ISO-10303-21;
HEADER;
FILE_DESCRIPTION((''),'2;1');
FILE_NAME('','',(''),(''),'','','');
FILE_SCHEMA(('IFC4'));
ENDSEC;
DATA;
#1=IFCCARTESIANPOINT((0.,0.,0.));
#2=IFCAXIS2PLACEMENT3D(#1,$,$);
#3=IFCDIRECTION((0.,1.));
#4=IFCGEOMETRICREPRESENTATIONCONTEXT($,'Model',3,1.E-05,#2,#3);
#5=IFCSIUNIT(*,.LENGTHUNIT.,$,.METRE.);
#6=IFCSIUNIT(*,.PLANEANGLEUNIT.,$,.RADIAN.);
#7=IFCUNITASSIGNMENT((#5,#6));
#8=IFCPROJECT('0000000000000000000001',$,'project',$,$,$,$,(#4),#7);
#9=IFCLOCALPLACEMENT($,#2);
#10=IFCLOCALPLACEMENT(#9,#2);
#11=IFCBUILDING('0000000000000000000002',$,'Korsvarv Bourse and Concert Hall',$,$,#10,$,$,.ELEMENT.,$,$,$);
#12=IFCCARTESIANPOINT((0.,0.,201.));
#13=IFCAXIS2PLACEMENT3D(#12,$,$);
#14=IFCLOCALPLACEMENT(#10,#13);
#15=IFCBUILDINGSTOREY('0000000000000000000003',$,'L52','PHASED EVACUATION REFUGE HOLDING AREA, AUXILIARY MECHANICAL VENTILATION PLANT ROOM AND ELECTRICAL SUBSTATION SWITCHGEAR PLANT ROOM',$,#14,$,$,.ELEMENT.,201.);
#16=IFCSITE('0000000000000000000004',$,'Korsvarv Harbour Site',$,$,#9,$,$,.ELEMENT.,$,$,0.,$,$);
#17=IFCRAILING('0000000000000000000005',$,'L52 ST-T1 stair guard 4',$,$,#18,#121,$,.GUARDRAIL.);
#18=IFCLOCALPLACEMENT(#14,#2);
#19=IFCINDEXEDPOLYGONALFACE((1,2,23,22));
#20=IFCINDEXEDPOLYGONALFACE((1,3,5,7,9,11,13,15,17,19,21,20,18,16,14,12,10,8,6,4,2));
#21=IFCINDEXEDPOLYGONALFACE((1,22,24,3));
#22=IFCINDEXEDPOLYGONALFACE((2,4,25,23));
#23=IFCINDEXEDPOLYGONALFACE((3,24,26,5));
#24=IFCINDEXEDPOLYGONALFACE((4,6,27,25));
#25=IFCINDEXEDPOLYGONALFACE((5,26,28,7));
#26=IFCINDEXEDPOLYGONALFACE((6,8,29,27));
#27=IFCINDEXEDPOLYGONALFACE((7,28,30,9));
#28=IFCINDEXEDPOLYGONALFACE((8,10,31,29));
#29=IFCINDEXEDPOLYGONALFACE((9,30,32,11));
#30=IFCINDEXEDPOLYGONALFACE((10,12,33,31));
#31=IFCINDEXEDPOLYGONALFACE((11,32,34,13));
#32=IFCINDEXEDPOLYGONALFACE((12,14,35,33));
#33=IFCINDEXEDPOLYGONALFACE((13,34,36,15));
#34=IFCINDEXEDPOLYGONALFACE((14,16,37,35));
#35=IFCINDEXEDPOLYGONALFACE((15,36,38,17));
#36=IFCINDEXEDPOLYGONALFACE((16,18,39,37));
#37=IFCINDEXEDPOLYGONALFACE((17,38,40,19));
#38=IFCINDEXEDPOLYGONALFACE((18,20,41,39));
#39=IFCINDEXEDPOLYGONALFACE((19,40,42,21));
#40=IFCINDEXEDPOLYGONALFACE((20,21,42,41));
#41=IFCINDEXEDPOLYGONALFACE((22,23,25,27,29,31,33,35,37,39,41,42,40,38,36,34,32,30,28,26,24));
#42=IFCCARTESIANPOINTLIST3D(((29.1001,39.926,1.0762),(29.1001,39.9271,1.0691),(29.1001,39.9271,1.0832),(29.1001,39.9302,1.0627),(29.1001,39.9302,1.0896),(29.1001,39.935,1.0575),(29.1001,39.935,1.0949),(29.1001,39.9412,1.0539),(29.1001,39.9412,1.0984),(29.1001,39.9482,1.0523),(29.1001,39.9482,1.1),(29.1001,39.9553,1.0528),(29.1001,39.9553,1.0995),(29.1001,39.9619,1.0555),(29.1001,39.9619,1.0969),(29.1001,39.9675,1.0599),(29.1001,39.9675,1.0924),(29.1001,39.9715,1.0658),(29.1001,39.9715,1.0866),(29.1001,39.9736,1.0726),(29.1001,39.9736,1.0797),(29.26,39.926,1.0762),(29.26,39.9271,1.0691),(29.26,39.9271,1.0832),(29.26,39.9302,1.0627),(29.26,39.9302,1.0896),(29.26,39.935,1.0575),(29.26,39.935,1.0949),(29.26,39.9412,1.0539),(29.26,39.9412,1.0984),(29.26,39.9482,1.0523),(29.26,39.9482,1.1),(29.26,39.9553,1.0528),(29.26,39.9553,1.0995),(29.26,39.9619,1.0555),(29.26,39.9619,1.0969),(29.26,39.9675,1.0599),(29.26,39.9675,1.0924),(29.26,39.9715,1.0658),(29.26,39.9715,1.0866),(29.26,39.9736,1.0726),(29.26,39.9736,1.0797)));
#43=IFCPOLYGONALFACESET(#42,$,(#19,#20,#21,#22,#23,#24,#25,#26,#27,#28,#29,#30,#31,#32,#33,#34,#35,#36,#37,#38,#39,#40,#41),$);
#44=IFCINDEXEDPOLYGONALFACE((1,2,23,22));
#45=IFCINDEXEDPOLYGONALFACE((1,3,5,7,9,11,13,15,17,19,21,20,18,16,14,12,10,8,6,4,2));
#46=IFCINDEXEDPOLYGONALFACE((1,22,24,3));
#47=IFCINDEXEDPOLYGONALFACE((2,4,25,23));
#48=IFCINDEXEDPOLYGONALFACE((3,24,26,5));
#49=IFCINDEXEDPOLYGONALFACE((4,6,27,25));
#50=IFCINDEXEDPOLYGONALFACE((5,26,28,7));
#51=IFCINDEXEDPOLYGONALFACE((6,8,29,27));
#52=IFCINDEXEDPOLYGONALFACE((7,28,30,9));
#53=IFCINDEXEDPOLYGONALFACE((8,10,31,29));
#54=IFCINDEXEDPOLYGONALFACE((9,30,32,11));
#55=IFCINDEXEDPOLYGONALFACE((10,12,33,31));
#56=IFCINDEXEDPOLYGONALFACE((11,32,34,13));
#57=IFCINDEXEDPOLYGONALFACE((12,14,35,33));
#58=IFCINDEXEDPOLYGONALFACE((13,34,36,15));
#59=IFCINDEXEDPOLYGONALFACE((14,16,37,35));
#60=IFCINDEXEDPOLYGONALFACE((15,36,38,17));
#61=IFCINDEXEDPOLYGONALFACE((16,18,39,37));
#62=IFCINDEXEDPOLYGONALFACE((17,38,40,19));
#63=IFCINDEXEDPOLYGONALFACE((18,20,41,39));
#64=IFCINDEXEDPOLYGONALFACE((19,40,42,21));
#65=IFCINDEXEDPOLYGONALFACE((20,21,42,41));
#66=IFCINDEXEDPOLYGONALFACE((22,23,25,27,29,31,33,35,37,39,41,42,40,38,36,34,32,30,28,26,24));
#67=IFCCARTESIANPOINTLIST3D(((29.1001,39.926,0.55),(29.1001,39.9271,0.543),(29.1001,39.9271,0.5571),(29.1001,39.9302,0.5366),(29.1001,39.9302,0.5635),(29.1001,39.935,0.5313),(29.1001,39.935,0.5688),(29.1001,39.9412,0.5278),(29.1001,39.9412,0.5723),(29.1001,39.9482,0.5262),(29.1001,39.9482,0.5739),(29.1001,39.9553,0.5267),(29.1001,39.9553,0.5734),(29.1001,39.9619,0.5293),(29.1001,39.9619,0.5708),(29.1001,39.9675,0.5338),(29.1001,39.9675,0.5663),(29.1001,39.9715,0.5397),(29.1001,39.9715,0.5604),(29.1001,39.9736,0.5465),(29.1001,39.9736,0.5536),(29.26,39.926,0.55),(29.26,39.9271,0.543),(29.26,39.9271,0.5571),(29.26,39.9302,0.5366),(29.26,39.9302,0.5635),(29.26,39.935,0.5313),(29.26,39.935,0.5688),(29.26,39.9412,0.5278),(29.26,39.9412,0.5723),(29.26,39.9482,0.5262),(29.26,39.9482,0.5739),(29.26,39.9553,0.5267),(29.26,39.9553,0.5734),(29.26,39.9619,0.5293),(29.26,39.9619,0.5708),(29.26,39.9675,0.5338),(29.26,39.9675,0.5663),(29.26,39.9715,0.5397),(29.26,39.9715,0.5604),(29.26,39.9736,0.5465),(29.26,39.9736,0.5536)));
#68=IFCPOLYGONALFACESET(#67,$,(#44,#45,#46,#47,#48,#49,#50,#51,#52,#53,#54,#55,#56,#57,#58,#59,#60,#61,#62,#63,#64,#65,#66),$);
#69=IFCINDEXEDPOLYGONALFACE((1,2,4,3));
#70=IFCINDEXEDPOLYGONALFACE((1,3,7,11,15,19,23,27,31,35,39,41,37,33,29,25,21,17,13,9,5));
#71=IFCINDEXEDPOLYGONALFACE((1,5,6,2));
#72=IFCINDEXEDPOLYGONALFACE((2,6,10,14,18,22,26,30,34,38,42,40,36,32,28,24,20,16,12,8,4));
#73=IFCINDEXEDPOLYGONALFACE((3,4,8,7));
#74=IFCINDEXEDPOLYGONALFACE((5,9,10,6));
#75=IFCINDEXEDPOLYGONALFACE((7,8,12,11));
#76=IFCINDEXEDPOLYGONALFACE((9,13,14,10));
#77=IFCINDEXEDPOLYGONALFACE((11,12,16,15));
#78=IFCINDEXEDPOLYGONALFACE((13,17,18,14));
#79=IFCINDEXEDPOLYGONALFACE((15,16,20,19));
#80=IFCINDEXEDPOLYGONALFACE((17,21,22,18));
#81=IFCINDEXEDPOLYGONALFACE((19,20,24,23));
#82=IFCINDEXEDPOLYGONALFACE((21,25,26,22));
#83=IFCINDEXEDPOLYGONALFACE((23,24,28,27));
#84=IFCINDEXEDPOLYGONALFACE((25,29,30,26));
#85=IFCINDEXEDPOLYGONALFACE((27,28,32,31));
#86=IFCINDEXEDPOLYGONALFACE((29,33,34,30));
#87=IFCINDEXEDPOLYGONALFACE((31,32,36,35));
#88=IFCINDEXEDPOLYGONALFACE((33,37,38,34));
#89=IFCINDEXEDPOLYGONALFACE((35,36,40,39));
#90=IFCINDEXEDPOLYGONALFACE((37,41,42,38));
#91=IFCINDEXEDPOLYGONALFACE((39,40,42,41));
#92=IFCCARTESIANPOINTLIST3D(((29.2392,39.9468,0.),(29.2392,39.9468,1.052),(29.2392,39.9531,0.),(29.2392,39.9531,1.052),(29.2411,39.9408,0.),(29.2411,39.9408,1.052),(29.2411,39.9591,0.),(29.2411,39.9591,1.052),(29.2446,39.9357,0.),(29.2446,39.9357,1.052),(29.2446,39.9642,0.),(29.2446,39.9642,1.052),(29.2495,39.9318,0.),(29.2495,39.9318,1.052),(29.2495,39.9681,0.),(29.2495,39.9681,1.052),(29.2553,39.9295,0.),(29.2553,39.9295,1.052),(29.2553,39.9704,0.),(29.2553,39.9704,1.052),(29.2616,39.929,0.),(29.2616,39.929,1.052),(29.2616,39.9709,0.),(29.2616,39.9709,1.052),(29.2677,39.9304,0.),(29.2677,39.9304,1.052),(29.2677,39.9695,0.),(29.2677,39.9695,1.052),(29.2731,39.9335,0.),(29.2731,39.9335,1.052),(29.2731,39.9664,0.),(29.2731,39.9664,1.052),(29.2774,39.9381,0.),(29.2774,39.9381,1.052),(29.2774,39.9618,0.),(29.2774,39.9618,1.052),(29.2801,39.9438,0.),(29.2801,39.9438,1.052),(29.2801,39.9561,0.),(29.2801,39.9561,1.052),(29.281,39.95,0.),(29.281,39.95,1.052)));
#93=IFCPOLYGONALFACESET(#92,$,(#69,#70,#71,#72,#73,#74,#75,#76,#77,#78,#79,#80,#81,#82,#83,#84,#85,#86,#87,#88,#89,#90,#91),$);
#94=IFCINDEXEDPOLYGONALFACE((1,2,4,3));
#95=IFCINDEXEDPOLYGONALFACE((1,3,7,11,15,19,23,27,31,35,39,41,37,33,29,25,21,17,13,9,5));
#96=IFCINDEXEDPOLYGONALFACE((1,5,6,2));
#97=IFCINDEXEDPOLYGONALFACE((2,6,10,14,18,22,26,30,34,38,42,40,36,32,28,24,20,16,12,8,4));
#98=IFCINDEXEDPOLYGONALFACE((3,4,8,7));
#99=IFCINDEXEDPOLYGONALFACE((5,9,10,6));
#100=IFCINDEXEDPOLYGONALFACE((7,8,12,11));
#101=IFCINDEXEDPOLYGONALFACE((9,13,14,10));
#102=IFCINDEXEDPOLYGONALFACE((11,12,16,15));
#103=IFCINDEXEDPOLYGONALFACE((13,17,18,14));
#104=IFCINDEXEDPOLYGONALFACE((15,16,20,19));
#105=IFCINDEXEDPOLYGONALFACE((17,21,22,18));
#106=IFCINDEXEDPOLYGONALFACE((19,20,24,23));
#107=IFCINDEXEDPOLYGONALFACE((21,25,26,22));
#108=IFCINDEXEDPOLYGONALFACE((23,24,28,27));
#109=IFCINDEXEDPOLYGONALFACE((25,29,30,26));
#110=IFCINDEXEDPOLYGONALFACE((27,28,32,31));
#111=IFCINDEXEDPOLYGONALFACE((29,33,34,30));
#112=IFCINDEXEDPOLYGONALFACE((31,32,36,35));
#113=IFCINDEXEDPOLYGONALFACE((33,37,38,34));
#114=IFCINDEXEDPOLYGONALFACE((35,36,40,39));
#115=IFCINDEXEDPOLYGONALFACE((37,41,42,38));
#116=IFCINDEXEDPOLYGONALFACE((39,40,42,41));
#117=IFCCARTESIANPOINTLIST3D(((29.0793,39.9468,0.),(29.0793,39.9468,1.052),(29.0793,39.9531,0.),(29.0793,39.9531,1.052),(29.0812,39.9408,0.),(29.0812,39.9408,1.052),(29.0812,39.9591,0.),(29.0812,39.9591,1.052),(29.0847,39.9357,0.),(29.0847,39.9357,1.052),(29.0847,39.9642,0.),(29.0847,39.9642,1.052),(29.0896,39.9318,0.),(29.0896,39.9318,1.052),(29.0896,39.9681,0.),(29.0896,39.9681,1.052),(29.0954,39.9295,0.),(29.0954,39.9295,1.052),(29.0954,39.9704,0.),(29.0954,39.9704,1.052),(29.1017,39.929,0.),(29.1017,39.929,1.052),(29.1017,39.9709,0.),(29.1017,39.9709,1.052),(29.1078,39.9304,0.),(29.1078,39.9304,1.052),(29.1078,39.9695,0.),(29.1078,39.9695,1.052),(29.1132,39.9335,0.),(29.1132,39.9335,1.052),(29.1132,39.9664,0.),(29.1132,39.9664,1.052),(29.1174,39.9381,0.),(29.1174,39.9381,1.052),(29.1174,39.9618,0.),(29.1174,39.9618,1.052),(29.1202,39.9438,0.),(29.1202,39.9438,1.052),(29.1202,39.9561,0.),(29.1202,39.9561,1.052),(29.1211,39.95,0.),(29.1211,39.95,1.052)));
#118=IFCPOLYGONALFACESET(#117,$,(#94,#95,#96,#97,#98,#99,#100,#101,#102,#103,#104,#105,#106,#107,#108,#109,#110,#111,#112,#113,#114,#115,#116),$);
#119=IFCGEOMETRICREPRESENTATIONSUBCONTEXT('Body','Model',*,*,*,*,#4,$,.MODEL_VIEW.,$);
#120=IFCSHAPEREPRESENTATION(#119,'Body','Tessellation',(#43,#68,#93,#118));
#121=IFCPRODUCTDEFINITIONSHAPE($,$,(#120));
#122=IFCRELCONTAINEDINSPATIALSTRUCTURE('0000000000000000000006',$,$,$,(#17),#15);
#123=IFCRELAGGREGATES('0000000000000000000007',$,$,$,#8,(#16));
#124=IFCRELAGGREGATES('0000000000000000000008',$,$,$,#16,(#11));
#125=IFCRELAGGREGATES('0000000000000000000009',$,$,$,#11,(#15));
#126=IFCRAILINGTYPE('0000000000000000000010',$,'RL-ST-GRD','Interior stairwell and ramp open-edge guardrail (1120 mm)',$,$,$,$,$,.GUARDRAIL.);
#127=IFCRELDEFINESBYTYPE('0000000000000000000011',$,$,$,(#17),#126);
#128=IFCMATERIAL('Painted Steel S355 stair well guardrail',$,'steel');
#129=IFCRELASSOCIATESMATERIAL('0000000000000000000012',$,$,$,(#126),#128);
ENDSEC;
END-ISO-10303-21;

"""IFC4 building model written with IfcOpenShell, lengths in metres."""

from ifc_helpers import new_model, si_unit, direction, frame, origin, origin_2d, place, context, subcontext, project, spatial, circle, extrude, material, type_object, element, save


model = new_model("IFC4")

# Units and contexts
model_context = context("Model", 3, precision=1e-05, world=origin(), true_north=direction((0.0, 1.0)))
body_context = subcontext(model_context, "Body", "Model", "MODEL_VIEW")
ifc_project = project(units=[si_unit("LENGTHUNIT", "METRE"), si_unit("PLANEANGLEUNIT", "RADIAN")], contexts=[model_context])

# Site, building, storey
site_placement = place(None, origin())
site = spatial("IfcSite", under=ifc_project, at=site_placement, Name="Korsvarv Harbour Site", CompositionType="ELEMENT", RefElevation=0.0)
building_placement = place(site_placement, origin())
building = spatial("IfcBuilding", under=site, at=building_placement, Name="Korsvarv Bourse and Concert Hall", CompositionType="ELEMENT")
storey_placement = place(building_placement, frame((0.0, 0.0, 201.0)))
storey = spatial("IfcBuildingStorey", under=building, at=storey_placement, Name="L52", Description="PHASED EVACUATION REFUGE HOLDING AREA, AUXILIARY MECHANICAL VENTILATION PLANT ROOM AND ELECTRICAL SUBSTATION SWITCHGEAR PLANT ROOM", CompositionType="ELEMENT", Elevation=201.0)

# Railing
ifc_material_1 = material(Name="Painted Steel S355 stair well guardrail", Category="steel")
railing_type_1 = type_object("IfcRailingType", Name="RL-ST-GRD", Description="Interior stairwell and ramp open-edge guardrail (1120 mm)", PredefinedType="GUARDRAIL", material=ifc_material_1)
railing_1_placement = place(storey_placement, frame((29.26, 39.95, 0.0)))
element("IfcRailing", 1, at=railing_1_placement, inside=storey, type_object=railing_type_1, Name="L52 ST-T1 stair guard 4", PredefinedType="GUARDRAIL", context=body_context, shape_type="SweptSolid", body=[
    extrude(circle(Radius=0.0239, at=origin_2d()), frame((0.0, 0.0, 1.0762), z_axis=(-1.0, 0.0, 0.0), x_axis=(0.0, -1.0, 0.0)), (0.0, 0.0, 1.0), 0.1599),
    extrude(circle(Radius=0.0239, at=origin_2d()), frame((0.0, 0.0, 0.55), z_axis=(-1.0, 0.0, 0.0), x_axis=(0.0, -1.0, 0.0)), (0.0, 0.0, 1.0), 0.1599),
    extrude(circle(Radius=0.021, at=origin_2d()), origin(), (0.0, 0.0, 1.0), 1.052),
    extrude(circle(Radius=0.021, at=origin_2d()), frame((-0.1599, 0.0, 0.0)), (0.0, 0.0, 1.0), 1.052),
])

save(model, "model.ifc")
